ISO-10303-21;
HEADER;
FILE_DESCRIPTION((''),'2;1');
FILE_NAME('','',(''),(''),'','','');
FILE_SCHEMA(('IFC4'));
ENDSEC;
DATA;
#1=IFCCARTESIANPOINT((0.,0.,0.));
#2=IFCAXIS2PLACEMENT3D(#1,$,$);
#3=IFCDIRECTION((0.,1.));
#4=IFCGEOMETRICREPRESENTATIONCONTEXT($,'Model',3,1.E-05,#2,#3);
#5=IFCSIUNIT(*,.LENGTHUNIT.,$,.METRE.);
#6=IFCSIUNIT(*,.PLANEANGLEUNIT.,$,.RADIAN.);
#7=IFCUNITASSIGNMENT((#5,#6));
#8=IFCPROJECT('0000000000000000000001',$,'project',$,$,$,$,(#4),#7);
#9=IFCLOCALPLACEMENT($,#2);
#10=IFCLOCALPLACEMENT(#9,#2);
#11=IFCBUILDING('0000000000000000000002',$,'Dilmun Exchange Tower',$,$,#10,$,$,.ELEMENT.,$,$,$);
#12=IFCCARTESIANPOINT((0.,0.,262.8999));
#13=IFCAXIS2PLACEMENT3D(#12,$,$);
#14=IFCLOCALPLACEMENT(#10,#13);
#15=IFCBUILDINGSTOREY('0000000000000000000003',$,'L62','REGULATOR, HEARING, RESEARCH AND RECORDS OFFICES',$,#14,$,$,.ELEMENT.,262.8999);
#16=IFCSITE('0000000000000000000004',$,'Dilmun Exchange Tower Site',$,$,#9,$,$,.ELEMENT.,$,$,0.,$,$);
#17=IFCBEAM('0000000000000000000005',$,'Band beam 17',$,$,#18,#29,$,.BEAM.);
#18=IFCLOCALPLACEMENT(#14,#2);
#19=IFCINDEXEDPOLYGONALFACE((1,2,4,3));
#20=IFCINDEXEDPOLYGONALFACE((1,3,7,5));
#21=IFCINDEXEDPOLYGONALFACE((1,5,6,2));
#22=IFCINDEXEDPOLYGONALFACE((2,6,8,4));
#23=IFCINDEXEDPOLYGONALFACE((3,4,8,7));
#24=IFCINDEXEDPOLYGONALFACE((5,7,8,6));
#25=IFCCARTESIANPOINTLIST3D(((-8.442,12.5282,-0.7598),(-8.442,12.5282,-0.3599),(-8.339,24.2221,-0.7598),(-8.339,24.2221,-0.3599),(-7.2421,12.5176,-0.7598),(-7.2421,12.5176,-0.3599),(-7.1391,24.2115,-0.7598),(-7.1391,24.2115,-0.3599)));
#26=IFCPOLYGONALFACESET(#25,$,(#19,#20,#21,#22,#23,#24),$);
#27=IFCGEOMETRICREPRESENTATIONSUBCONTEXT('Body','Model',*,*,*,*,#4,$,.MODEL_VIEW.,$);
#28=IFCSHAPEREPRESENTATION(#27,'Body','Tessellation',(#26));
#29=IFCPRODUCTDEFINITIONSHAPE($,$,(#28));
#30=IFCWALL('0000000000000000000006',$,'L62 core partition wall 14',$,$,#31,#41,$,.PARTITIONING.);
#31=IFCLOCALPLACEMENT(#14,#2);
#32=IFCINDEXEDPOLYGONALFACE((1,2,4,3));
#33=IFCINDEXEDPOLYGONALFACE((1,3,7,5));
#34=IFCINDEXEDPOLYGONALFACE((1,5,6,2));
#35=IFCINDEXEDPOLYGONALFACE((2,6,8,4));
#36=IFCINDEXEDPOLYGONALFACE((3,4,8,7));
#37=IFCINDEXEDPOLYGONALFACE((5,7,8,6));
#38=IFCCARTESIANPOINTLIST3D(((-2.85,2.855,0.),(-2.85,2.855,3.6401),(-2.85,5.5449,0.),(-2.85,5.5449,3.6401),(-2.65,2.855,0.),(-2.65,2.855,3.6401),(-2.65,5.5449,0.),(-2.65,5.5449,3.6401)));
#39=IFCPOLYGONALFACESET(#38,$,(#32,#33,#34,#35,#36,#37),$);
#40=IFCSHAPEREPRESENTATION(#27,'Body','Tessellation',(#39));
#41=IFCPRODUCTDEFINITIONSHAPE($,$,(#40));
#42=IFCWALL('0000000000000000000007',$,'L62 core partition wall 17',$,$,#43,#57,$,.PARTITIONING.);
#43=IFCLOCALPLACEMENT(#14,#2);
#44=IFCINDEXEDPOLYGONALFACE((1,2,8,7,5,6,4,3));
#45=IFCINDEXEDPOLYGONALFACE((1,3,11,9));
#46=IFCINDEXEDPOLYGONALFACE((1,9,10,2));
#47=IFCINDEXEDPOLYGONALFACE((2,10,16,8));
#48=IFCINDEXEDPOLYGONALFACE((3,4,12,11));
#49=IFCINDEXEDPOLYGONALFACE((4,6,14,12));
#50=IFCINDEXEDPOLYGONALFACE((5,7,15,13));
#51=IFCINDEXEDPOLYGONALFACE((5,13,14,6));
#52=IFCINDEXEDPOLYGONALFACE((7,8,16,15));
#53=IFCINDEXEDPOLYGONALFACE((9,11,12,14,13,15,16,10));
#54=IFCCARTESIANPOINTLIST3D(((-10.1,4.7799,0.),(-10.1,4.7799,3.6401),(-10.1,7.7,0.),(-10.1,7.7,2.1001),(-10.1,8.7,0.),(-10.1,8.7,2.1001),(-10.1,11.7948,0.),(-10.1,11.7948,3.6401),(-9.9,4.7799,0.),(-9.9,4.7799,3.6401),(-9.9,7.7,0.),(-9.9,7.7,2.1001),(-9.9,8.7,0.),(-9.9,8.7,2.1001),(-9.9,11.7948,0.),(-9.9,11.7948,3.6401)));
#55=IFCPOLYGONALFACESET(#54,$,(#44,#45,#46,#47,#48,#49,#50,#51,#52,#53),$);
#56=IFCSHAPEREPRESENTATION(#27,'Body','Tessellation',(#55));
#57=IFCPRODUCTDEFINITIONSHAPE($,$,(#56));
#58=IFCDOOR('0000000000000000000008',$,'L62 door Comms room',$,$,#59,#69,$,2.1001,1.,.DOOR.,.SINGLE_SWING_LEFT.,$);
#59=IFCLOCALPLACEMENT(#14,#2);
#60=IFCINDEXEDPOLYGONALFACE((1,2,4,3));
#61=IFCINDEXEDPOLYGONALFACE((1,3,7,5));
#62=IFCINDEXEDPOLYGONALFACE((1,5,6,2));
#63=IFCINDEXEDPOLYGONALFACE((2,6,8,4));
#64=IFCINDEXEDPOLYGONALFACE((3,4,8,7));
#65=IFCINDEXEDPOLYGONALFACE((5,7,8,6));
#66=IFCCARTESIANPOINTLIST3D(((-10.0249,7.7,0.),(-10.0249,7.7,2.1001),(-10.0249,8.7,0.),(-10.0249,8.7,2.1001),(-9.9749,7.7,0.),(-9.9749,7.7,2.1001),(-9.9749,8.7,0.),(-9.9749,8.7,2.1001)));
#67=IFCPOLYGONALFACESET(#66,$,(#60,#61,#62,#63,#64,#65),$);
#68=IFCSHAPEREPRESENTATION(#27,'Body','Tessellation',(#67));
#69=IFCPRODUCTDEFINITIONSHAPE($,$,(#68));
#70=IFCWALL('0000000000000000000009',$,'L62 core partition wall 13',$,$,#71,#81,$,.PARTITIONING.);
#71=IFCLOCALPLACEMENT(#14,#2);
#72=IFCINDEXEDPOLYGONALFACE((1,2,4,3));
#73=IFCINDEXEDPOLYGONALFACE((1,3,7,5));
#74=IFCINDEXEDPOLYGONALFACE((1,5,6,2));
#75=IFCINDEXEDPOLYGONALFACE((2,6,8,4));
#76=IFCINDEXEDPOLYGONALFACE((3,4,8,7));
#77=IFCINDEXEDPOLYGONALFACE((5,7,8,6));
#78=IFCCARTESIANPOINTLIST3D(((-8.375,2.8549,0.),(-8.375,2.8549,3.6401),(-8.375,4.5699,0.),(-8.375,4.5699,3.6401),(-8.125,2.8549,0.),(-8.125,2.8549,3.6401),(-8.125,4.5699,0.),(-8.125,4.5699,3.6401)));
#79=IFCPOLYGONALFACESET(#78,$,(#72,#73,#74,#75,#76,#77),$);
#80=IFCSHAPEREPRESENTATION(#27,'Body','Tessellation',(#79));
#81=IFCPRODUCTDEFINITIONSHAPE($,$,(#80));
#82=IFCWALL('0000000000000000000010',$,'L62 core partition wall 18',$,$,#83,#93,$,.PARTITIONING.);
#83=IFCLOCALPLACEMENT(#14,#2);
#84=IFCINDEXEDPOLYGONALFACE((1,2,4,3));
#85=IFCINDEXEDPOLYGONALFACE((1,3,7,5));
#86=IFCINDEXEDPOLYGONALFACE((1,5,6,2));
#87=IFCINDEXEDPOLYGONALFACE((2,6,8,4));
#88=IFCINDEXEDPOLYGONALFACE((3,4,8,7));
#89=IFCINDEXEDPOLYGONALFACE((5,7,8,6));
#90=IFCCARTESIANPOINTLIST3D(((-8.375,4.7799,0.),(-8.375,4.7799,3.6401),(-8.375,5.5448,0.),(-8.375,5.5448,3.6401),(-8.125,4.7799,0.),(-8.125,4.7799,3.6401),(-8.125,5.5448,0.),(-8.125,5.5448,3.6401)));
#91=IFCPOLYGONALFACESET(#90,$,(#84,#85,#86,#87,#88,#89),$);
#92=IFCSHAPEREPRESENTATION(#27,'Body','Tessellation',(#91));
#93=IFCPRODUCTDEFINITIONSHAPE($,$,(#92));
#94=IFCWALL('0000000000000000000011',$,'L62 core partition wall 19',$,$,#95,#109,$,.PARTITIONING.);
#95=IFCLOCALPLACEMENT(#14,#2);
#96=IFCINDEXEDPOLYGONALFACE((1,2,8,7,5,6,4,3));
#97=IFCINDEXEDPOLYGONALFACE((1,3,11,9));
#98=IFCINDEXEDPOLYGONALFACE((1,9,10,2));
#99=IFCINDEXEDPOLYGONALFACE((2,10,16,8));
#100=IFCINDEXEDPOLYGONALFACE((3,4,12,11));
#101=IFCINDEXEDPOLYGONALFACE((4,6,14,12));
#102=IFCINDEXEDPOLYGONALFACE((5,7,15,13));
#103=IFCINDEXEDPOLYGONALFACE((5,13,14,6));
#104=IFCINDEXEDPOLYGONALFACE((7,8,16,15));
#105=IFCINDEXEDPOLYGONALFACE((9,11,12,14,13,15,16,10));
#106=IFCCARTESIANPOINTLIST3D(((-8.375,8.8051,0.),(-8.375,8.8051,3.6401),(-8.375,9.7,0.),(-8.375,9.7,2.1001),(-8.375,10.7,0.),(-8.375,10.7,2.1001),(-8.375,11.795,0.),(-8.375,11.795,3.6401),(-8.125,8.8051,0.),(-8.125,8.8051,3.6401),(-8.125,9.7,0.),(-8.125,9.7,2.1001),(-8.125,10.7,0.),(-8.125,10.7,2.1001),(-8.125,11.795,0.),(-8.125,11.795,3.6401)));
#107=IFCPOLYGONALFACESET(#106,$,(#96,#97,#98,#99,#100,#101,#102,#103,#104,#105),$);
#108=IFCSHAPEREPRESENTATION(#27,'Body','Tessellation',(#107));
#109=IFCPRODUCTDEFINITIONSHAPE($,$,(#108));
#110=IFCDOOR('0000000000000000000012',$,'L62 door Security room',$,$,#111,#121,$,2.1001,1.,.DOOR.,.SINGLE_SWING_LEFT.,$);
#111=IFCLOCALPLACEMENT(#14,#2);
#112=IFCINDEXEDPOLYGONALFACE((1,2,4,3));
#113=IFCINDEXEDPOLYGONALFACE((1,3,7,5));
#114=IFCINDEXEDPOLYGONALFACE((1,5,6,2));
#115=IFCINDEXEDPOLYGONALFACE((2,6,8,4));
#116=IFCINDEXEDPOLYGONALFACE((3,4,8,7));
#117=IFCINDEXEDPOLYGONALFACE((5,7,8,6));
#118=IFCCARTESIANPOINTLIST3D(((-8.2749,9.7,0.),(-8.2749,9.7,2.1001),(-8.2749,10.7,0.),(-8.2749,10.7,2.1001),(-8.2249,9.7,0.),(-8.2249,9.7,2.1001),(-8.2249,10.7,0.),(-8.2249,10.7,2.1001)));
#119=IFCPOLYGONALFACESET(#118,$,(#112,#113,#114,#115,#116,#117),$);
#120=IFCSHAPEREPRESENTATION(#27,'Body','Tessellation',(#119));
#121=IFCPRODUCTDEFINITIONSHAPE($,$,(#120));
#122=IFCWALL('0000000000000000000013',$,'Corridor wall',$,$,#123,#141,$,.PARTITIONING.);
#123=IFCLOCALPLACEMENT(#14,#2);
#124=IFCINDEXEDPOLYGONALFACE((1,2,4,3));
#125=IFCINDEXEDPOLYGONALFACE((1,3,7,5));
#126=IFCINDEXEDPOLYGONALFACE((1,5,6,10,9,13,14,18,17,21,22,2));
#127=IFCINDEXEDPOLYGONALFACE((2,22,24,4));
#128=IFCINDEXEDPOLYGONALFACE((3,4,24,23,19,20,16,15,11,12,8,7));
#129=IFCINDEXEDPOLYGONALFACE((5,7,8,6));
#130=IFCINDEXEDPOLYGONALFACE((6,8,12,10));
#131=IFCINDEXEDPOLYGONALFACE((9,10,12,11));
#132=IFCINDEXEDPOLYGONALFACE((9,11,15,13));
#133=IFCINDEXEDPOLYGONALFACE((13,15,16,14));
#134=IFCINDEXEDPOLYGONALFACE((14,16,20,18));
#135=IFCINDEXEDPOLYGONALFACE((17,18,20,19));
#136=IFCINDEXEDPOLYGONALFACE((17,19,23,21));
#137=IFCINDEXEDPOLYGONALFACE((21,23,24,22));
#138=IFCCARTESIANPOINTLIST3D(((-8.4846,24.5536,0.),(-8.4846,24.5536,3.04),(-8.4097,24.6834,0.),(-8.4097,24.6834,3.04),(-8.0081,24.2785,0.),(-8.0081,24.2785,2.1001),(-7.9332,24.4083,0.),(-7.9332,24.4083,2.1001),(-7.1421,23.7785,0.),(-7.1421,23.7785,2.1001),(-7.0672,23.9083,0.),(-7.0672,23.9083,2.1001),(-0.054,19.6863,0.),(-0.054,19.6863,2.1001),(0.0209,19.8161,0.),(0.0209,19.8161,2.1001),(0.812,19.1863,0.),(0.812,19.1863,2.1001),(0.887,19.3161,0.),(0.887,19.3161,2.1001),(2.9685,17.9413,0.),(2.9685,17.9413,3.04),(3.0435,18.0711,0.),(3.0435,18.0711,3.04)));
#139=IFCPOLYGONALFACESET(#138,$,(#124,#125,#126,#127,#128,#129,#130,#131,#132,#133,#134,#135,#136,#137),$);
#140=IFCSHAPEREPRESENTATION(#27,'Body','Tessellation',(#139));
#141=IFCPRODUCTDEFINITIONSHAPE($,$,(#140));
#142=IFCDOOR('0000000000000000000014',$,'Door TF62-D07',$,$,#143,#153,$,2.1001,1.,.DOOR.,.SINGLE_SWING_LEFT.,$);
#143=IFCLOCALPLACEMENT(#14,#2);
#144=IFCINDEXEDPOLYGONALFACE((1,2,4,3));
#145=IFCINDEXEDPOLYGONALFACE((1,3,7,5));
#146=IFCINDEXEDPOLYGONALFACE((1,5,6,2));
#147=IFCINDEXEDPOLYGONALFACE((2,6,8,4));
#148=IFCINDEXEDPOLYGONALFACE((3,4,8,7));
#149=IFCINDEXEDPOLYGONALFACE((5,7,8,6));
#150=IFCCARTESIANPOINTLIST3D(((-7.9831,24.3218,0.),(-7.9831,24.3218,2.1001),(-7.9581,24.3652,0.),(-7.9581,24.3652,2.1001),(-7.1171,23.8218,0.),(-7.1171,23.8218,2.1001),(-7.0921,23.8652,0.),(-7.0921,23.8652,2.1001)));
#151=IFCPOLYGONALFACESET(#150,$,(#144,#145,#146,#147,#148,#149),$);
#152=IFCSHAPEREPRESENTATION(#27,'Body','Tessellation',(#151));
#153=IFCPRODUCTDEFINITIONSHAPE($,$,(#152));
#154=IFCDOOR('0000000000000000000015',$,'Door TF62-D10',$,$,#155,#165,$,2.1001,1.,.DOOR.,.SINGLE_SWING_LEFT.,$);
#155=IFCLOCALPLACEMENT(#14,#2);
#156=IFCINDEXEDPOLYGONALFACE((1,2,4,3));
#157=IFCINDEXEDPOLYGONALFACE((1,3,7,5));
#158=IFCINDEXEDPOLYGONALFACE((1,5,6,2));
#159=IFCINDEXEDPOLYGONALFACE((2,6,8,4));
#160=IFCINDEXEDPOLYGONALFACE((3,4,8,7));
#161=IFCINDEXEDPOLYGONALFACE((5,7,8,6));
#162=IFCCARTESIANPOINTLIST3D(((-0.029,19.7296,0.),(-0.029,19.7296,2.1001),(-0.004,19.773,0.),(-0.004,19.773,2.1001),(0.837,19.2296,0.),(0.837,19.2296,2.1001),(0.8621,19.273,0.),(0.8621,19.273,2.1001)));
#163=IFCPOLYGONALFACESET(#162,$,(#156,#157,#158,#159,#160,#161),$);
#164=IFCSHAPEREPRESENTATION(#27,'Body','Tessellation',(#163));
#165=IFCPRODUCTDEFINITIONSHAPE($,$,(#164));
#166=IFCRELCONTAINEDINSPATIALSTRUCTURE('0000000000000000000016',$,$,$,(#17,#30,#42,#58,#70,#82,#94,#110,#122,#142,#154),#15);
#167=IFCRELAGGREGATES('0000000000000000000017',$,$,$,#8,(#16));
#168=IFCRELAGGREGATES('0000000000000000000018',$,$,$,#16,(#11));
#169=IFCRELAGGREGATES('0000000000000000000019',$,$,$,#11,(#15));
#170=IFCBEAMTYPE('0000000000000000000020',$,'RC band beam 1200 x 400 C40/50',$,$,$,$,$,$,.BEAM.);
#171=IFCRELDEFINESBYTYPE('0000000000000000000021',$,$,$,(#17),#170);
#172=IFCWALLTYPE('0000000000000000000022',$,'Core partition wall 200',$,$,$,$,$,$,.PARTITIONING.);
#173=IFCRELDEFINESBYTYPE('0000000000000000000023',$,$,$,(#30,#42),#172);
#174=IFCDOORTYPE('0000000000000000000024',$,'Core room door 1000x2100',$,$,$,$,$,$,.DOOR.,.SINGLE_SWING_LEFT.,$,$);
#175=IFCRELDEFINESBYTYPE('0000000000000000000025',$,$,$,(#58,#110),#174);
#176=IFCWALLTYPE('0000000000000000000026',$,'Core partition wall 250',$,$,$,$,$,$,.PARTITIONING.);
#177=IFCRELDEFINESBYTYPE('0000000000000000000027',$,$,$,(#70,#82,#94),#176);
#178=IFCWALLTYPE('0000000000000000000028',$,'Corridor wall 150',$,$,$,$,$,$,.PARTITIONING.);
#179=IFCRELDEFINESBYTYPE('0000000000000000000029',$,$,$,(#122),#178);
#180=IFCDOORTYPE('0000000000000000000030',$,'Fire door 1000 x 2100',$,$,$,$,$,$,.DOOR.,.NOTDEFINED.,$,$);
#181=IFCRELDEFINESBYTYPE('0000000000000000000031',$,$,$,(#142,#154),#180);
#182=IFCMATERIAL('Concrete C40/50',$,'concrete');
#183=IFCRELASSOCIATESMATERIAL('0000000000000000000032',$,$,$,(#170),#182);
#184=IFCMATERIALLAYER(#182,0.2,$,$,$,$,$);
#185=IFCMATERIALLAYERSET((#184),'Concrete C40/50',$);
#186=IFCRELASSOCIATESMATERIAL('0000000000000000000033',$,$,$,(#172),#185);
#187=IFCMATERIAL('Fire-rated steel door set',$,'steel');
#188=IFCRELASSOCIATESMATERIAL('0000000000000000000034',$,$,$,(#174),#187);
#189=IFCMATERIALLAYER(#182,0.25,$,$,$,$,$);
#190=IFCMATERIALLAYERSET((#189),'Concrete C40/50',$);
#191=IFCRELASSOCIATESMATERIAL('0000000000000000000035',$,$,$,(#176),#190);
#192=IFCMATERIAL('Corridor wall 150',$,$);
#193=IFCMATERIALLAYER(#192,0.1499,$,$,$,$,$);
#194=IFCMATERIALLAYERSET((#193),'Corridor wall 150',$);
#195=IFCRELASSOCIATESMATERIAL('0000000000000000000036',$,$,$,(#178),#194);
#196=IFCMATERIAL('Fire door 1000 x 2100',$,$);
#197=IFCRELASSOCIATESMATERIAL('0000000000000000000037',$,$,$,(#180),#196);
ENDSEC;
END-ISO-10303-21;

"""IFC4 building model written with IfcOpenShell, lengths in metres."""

from ifc_helpers import new_model, si_unit, direction, frame, frame_2d, origin, origin_2d, place, context, subcontext, project, spatial, rectangle, extrude, material, layer, layer_set, material_profile, profile_set, type_object, element, fill, save


model = new_model("IFC4")

# Units and contexts
model_context = context("Model", 3, precision=1e-05, world=origin(), true_north=direction((0.0, 1.0)))
body_context = subcontext(model_context, "Body", "Model", "MODEL_VIEW")
ifc_project = project(units=[si_unit("LENGTHUNIT", "METRE"), si_unit("PLANEANGLEUNIT", "RADIAN")], contexts=[model_context])

# Site, building, storey
site_placement = place(None, origin())
site = spatial("IfcSite", under=ifc_project, at=site_placement, Name="Dilmun Exchange Tower Site", CompositionType="ELEMENT", RefElevation=0.0)
building_placement = place(site_placement, origin())
building = spatial("IfcBuilding", under=site, at=building_placement, Name="Dilmun Exchange Tower", CompositionType="ELEMENT")
storey_placement = place(building_placement, frame((0.0, 0.0, 262.8999)))
storey = spatial("IfcBuildingStorey", under=building, at=storey_placement, Name="L62", Description="REGULATOR, HEARING, RESEARCH AND RECORDS OFFICES", CompositionType="ELEMENT", Elevation=262.8999)

# Beam
ifc_material_1 = material(Name="Concrete C40/50", Category="concrete")
ifc_material_profile = material_profile(ifc_material_1, rectangle(XDim=1.2, YDim=0.3999, at=origin_2d()), Name="1200 x 400")
ifc_profile_set = profile_set([ifc_material_profile], Name="Concrete C40/50")
beam_type = type_object("IfcBeamType", Name="RC band beam 1200 x 400 C40/50", PredefinedType="BEAM", material=ifc_profile_set)
beam_placement = place(storey_placement, frame((-7.739, 24.2168, -0.5598), z_axis=(-0.00881, -0.999961, 0.0), x_axis=(0.999961, -0.00881, 0.0)))
element("IfcBeam", 1, at=beam_placement, inside=storey, type_object=beam_type, Name="Band beam 17", PredefinedType="BEAM", context=body_context, shape_type="SweptSolid", body=[
    extrude(rectangle(XDim=1.2, YDim=0.3999, at=origin_2d()), origin(), (0.0, 0.0, 1.0), 11.6943),
])

# Wall
ifc_layer_1 = layer(ifc_material_1, 0.2)
ifc_layer_set_1 = layer_set([ifc_layer_1], Name="Concrete C40/50")
wall_type_1 = type_object("IfcWallType", Name="Core partition wall 200", PredefinedType="PARTITIONING", material=ifc_layer_set_1)
wall_1_placement = place(storey_placement, frame((-2.75, 2.855, 0.0), z_axis=(0.0, 0.0, 1.0), x_axis=(0.0, 1.0, 0.0)))
element("IfcWall", 2, at=wall_1_placement, inside=storey, type_object=wall_type_1, Name="L62 core partition wall 14", PredefinedType="PARTITIONING", context=body_context, shape_type="SweptSolid", body=[
    extrude(rectangle(XDim=2.6899, YDim=0.2, at=frame_2d((1.345, 0.0))), origin(), (0.0, 0.0, 1.0), 3.6401),
])

# Wall, opening, door
wall_2_placement = place(storey_placement, frame((-10.0, 4.78, 0.0), z_axis=(0.0, 0.0, 1.0), x_axis=(0.0, 1.0, 0.0)))
wall_2 = element("IfcWall", 3, at=wall_2_placement, inside=storey, type_object=wall_type_1, Name="L62 core partition wall 17", PredefinedType="PARTITIONING", context=body_context, shape_type="SweptSolid", body=[
    extrude(rectangle(XDim=7.0149, YDim=0.2, at=frame_2d((3.5073, 0.0))), origin(), (0.0, 0.0, 1.0), 3.6401),
])
opening_1_placement = place(wall_2_placement, frame((2.9199, 0.0, 0.0)))
opening_1 = element("IfcOpeningElement", 4, at=opening_1_placement, cuts=wall_2, PredefinedType="OPENING", context=body_context, shape_type="SweptSolid", body=[
    extrude(rectangle(XDim=1.0, YDim=2.1001, at=frame_2d((0.5, 1.05))), frame((0.0, 0.1099, 0.0), z_axis=(0.0, -1.0, 0.0), x_axis=(1.0, 0.0, 0.0)), (0.0, 0.0, 1.0), 0.22),
])
ifc_material_2 = material(Name="Fire-rated steel door set", Category="steel")
door_type_1 = type_object("IfcDoorType", Name="Core room door 1000x2100", OperationType="SINGLE_SWING_LEFT", PredefinedType="DOOR", material=ifc_material_2)
door_1_placement = place(opening_1_placement, origin())
door_1 = element("IfcDoor", 5, at=door_1_placement, inside=storey, type_object=door_type_1, Name="L62 door Comms room", OperationType="SINGLE_SWING_LEFT", OverallHeight=2.1001, OverallWidth=1.0, PredefinedType="DOOR", context=body_context, shape_type="SweptSolid", body=[
    extrude(rectangle(XDim=1.0, YDim=2.1001, at=frame_2d((0.5, 1.05))), frame((0.0, 0.0249, 0.0), z_axis=(0.0, -1.0, 0.0), x_axis=(1.0, 0.0, 0.0)), (0.0, 0.0, 1.0), 0.05),
])
fill(opening_1, door_1)

# Walls
ifc_layer_2 = layer(ifc_material_1, 0.25)
ifc_layer_set_2 = layer_set([ifc_layer_2], Name="Concrete C40/50")
wall_type_2 = type_object("IfcWallType", Name="Core partition wall 250", PredefinedType="PARTITIONING", material=ifc_layer_set_2)
wall_3_placement = place(storey_placement, frame((-8.25, 2.855, 0.0), z_axis=(0.0, 0.0, 1.0), x_axis=(0.0, 1.0, 0.0)))
element("IfcWall", 6, at=wall_3_placement, inside=storey, type_object=wall_type_2, Name="L62 core partition wall 13", PredefinedType="PARTITIONING", context=body_context, shape_type="SweptSolid", body=[
    extrude(rectangle(XDim=1.7151, YDim=0.25, at=frame_2d((0.8574, 0.0))), origin(), (0.0, 0.0, 1.0), 3.6401),
])
wall_4_placement = place(storey_placement, frame((-8.25, 4.78, 0.0), z_axis=(0.0, 0.0, 1.0), x_axis=(0.0, 1.0, 0.0)))
element("IfcWall", 7, at=wall_4_placement, inside=storey, type_object=wall_type_2, Name="L62 core partition wall 18", PredefinedType="PARTITIONING", context=body_context, shape_type="SweptSolid", body=[
    extrude(rectangle(XDim=0.7649, YDim=0.25, at=frame_2d((0.3823, 0.0))), origin(), (0.0, 0.0, 1.0), 3.6401),
])

# Wall, opening, door
wall_5_placement = place(storey_placement, frame((-8.25, 8.8049, 0.0), z_axis=(0.0, 0.0, 1.0), x_axis=(0.0, 1.0, 0.0)))
wall_5 = element("IfcWall", 8, at=wall_5_placement, inside=storey, type_object=wall_type_2, Name="L62 core partition wall 19", PredefinedType="PARTITIONING", context=body_context, shape_type="SweptSolid", body=[
    extrude(rectangle(XDim=2.99, YDim=0.25, at=frame_2d((1.4951, 0.0))), origin(), (0.0, 0.0, 1.0), 3.6401),
])
opening_2_placement = place(wall_5_placement, frame((0.895, 0.0, 0.0)))
opening_2 = element("IfcOpeningElement", 9, at=opening_2_placement, cuts=wall_5, PredefinedType="OPENING", context=body_context, shape_type="SweptSolid", body=[
    extrude(rectangle(XDim=1.0, YDim=2.1001, at=frame_2d((0.5, 1.05))), frame((0.0, 0.135, 0.0), z_axis=(0.0, -1.0, 0.0), x_axis=(1.0, 0.0, 0.0)), (0.0, 0.0, 1.0), 0.27),
])
door_2_placement = place(opening_2_placement, origin())
door_2 = element("IfcDoor", 10, at=door_2_placement, inside=storey, type_object=door_type_1, Name="L62 door Security room", OperationType="SINGLE_SWING_LEFT", OverallHeight=2.1001, OverallWidth=1.0, PredefinedType="DOOR", context=body_context, shape_type="SweptSolid", body=[
    extrude(rectangle(XDim=1.0, YDim=2.1001, at=frame_2d((0.5, 1.05))), frame((0.0, 0.0249, 0.0), z_axis=(0.0, -1.0, 0.0), x_axis=(1.0, 0.0, 0.0)), (0.0, 0.0, 1.0), 0.05),
])
fill(opening_2, door_2)

# Wall, openings, doors
ifc_material_3 = material(Name="Corridor wall 150")
ifc_layer_3 = layer(ifc_material_3, 0.1499)
ifc_layer_set_3 = layer_set([ifc_layer_3], Name="Corridor wall 150")
wall_type_3 = type_object("IfcWallType", Name="Corridor wall 150", PredefinedType="PARTITIONING", material=ifc_layer_set_3)
wall_6_placement = place(storey_placement, frame((-8.447, 24.6184, 0.0), z_axis=(0.0, 0.0, 1.0), x_axis=(0.866031, -0.499991, 0.0)))
wall_6 = element("IfcWall", 11, at=wall_6_placement, inside=storey, type_object=wall_type_3, Name="Corridor wall", PredefinedType="PARTITIONING", context=body_context, shape_type="SweptSolid", body=[
    extrude(rectangle(XDim=13.2249, YDim=0.1499, at=frame_2d((6.6123, 0.0))), origin(), (0.0, 0.0, 1.0), 3.04),
])
opening_3_placement = place(wall_6_placement, frame((0.55, 0.0, 0.0)))
opening_3 = element("IfcOpeningElement", 12, at=opening_3_placement, cuts=wall_6, PredefinedType="OPENING", context=body_context, shape_type="SweptSolid", body=[
    extrude(rectangle(XDim=1.0, YDim=2.1001, at=frame_2d((0.5, 1.05))), frame((0.0, 0.085, 0.0), z_axis=(0.0, -1.0, 0.0), x_axis=(1.0, 0.0, 0.0)), (0.0, 0.0, 1.0), 0.1699),
])
opening_4_placement = place(wall_6_placement, frame((9.7346, 0.0, 0.0)))
opening_4 = element("IfcOpeningElement", 13, at=opening_4_placement, cuts=wall_6, PredefinedType="OPENING", context=body_context, shape_type="SweptSolid", body=[
    extrude(rectangle(XDim=1.0, YDim=2.1001, at=frame_2d((0.5, 1.05))), frame((0.0, 0.085, 0.0), z_axis=(0.0, -1.0, 0.0), x_axis=(1.0, 0.0, 0.0)), (0.0, 0.0, 1.0), 0.1699),
])
ifc_material_4 = material(Name="Fire door 1000 x 2100")
door_type_2 = type_object("IfcDoorType", Name="Fire door 1000 x 2100", OperationType="NOTDEFINED", PredefinedType="DOOR", material=ifc_material_4)
door_3_placement = place(opening_3_placement, frame((1.0, 0.0, 0.0), z_axis=(0.0, 0.0, 1.0), x_axis=(-1.0, 0.0, 0.0)))
door_3 = element("IfcDoor", 14, at=door_3_placement, inside=storey, type_object=door_type_2, Name="Door TF62-D07", OperationType="SINGLE_SWING_LEFT", OverallHeight=2.1001, OverallWidth=1.0, PredefinedType="DOOR", context=body_context, shape_type="SweptSolid", body=[
    extrude(rectangle(XDim=1.0, YDim=2.1001, at=frame_2d((0.5, 1.05))), frame((0.0, 0.0249, 0.0), z_axis=(0.0, -1.0, 0.0), x_axis=(1.0, 0.0, 0.0)), (0.0, 0.0, 1.0), 0.05),
])
fill(opening_3, door_3)
door_4_placement = place(opening_4_placement, frame((1.0, 0.0, 0.0), z_axis=(0.0, 0.0, 1.0), x_axis=(-1.0, 0.0, 0.0)))
door_4 = element("IfcDoor", 15, at=door_4_placement, inside=storey, type_object=door_type_2, Name="Door TF62-D10", OperationType="SINGLE_SWING_LEFT", OverallHeight=2.1001, OverallWidth=1.0, PredefinedType="DOOR", context=body_context, shape_type="SweptSolid", body=[
    extrude(rectangle(XDim=1.0, YDim=2.1001, at=frame_2d((0.5, 1.05))), frame((0.0, 0.0249, 0.0), z_axis=(0.0, -1.0, 0.0), x_axis=(1.0, 0.0, 0.0)), (0.0, 0.0, 1.0), 0.05),
])
fill(opening_4, door_4)

save(model, "model.ifc")
